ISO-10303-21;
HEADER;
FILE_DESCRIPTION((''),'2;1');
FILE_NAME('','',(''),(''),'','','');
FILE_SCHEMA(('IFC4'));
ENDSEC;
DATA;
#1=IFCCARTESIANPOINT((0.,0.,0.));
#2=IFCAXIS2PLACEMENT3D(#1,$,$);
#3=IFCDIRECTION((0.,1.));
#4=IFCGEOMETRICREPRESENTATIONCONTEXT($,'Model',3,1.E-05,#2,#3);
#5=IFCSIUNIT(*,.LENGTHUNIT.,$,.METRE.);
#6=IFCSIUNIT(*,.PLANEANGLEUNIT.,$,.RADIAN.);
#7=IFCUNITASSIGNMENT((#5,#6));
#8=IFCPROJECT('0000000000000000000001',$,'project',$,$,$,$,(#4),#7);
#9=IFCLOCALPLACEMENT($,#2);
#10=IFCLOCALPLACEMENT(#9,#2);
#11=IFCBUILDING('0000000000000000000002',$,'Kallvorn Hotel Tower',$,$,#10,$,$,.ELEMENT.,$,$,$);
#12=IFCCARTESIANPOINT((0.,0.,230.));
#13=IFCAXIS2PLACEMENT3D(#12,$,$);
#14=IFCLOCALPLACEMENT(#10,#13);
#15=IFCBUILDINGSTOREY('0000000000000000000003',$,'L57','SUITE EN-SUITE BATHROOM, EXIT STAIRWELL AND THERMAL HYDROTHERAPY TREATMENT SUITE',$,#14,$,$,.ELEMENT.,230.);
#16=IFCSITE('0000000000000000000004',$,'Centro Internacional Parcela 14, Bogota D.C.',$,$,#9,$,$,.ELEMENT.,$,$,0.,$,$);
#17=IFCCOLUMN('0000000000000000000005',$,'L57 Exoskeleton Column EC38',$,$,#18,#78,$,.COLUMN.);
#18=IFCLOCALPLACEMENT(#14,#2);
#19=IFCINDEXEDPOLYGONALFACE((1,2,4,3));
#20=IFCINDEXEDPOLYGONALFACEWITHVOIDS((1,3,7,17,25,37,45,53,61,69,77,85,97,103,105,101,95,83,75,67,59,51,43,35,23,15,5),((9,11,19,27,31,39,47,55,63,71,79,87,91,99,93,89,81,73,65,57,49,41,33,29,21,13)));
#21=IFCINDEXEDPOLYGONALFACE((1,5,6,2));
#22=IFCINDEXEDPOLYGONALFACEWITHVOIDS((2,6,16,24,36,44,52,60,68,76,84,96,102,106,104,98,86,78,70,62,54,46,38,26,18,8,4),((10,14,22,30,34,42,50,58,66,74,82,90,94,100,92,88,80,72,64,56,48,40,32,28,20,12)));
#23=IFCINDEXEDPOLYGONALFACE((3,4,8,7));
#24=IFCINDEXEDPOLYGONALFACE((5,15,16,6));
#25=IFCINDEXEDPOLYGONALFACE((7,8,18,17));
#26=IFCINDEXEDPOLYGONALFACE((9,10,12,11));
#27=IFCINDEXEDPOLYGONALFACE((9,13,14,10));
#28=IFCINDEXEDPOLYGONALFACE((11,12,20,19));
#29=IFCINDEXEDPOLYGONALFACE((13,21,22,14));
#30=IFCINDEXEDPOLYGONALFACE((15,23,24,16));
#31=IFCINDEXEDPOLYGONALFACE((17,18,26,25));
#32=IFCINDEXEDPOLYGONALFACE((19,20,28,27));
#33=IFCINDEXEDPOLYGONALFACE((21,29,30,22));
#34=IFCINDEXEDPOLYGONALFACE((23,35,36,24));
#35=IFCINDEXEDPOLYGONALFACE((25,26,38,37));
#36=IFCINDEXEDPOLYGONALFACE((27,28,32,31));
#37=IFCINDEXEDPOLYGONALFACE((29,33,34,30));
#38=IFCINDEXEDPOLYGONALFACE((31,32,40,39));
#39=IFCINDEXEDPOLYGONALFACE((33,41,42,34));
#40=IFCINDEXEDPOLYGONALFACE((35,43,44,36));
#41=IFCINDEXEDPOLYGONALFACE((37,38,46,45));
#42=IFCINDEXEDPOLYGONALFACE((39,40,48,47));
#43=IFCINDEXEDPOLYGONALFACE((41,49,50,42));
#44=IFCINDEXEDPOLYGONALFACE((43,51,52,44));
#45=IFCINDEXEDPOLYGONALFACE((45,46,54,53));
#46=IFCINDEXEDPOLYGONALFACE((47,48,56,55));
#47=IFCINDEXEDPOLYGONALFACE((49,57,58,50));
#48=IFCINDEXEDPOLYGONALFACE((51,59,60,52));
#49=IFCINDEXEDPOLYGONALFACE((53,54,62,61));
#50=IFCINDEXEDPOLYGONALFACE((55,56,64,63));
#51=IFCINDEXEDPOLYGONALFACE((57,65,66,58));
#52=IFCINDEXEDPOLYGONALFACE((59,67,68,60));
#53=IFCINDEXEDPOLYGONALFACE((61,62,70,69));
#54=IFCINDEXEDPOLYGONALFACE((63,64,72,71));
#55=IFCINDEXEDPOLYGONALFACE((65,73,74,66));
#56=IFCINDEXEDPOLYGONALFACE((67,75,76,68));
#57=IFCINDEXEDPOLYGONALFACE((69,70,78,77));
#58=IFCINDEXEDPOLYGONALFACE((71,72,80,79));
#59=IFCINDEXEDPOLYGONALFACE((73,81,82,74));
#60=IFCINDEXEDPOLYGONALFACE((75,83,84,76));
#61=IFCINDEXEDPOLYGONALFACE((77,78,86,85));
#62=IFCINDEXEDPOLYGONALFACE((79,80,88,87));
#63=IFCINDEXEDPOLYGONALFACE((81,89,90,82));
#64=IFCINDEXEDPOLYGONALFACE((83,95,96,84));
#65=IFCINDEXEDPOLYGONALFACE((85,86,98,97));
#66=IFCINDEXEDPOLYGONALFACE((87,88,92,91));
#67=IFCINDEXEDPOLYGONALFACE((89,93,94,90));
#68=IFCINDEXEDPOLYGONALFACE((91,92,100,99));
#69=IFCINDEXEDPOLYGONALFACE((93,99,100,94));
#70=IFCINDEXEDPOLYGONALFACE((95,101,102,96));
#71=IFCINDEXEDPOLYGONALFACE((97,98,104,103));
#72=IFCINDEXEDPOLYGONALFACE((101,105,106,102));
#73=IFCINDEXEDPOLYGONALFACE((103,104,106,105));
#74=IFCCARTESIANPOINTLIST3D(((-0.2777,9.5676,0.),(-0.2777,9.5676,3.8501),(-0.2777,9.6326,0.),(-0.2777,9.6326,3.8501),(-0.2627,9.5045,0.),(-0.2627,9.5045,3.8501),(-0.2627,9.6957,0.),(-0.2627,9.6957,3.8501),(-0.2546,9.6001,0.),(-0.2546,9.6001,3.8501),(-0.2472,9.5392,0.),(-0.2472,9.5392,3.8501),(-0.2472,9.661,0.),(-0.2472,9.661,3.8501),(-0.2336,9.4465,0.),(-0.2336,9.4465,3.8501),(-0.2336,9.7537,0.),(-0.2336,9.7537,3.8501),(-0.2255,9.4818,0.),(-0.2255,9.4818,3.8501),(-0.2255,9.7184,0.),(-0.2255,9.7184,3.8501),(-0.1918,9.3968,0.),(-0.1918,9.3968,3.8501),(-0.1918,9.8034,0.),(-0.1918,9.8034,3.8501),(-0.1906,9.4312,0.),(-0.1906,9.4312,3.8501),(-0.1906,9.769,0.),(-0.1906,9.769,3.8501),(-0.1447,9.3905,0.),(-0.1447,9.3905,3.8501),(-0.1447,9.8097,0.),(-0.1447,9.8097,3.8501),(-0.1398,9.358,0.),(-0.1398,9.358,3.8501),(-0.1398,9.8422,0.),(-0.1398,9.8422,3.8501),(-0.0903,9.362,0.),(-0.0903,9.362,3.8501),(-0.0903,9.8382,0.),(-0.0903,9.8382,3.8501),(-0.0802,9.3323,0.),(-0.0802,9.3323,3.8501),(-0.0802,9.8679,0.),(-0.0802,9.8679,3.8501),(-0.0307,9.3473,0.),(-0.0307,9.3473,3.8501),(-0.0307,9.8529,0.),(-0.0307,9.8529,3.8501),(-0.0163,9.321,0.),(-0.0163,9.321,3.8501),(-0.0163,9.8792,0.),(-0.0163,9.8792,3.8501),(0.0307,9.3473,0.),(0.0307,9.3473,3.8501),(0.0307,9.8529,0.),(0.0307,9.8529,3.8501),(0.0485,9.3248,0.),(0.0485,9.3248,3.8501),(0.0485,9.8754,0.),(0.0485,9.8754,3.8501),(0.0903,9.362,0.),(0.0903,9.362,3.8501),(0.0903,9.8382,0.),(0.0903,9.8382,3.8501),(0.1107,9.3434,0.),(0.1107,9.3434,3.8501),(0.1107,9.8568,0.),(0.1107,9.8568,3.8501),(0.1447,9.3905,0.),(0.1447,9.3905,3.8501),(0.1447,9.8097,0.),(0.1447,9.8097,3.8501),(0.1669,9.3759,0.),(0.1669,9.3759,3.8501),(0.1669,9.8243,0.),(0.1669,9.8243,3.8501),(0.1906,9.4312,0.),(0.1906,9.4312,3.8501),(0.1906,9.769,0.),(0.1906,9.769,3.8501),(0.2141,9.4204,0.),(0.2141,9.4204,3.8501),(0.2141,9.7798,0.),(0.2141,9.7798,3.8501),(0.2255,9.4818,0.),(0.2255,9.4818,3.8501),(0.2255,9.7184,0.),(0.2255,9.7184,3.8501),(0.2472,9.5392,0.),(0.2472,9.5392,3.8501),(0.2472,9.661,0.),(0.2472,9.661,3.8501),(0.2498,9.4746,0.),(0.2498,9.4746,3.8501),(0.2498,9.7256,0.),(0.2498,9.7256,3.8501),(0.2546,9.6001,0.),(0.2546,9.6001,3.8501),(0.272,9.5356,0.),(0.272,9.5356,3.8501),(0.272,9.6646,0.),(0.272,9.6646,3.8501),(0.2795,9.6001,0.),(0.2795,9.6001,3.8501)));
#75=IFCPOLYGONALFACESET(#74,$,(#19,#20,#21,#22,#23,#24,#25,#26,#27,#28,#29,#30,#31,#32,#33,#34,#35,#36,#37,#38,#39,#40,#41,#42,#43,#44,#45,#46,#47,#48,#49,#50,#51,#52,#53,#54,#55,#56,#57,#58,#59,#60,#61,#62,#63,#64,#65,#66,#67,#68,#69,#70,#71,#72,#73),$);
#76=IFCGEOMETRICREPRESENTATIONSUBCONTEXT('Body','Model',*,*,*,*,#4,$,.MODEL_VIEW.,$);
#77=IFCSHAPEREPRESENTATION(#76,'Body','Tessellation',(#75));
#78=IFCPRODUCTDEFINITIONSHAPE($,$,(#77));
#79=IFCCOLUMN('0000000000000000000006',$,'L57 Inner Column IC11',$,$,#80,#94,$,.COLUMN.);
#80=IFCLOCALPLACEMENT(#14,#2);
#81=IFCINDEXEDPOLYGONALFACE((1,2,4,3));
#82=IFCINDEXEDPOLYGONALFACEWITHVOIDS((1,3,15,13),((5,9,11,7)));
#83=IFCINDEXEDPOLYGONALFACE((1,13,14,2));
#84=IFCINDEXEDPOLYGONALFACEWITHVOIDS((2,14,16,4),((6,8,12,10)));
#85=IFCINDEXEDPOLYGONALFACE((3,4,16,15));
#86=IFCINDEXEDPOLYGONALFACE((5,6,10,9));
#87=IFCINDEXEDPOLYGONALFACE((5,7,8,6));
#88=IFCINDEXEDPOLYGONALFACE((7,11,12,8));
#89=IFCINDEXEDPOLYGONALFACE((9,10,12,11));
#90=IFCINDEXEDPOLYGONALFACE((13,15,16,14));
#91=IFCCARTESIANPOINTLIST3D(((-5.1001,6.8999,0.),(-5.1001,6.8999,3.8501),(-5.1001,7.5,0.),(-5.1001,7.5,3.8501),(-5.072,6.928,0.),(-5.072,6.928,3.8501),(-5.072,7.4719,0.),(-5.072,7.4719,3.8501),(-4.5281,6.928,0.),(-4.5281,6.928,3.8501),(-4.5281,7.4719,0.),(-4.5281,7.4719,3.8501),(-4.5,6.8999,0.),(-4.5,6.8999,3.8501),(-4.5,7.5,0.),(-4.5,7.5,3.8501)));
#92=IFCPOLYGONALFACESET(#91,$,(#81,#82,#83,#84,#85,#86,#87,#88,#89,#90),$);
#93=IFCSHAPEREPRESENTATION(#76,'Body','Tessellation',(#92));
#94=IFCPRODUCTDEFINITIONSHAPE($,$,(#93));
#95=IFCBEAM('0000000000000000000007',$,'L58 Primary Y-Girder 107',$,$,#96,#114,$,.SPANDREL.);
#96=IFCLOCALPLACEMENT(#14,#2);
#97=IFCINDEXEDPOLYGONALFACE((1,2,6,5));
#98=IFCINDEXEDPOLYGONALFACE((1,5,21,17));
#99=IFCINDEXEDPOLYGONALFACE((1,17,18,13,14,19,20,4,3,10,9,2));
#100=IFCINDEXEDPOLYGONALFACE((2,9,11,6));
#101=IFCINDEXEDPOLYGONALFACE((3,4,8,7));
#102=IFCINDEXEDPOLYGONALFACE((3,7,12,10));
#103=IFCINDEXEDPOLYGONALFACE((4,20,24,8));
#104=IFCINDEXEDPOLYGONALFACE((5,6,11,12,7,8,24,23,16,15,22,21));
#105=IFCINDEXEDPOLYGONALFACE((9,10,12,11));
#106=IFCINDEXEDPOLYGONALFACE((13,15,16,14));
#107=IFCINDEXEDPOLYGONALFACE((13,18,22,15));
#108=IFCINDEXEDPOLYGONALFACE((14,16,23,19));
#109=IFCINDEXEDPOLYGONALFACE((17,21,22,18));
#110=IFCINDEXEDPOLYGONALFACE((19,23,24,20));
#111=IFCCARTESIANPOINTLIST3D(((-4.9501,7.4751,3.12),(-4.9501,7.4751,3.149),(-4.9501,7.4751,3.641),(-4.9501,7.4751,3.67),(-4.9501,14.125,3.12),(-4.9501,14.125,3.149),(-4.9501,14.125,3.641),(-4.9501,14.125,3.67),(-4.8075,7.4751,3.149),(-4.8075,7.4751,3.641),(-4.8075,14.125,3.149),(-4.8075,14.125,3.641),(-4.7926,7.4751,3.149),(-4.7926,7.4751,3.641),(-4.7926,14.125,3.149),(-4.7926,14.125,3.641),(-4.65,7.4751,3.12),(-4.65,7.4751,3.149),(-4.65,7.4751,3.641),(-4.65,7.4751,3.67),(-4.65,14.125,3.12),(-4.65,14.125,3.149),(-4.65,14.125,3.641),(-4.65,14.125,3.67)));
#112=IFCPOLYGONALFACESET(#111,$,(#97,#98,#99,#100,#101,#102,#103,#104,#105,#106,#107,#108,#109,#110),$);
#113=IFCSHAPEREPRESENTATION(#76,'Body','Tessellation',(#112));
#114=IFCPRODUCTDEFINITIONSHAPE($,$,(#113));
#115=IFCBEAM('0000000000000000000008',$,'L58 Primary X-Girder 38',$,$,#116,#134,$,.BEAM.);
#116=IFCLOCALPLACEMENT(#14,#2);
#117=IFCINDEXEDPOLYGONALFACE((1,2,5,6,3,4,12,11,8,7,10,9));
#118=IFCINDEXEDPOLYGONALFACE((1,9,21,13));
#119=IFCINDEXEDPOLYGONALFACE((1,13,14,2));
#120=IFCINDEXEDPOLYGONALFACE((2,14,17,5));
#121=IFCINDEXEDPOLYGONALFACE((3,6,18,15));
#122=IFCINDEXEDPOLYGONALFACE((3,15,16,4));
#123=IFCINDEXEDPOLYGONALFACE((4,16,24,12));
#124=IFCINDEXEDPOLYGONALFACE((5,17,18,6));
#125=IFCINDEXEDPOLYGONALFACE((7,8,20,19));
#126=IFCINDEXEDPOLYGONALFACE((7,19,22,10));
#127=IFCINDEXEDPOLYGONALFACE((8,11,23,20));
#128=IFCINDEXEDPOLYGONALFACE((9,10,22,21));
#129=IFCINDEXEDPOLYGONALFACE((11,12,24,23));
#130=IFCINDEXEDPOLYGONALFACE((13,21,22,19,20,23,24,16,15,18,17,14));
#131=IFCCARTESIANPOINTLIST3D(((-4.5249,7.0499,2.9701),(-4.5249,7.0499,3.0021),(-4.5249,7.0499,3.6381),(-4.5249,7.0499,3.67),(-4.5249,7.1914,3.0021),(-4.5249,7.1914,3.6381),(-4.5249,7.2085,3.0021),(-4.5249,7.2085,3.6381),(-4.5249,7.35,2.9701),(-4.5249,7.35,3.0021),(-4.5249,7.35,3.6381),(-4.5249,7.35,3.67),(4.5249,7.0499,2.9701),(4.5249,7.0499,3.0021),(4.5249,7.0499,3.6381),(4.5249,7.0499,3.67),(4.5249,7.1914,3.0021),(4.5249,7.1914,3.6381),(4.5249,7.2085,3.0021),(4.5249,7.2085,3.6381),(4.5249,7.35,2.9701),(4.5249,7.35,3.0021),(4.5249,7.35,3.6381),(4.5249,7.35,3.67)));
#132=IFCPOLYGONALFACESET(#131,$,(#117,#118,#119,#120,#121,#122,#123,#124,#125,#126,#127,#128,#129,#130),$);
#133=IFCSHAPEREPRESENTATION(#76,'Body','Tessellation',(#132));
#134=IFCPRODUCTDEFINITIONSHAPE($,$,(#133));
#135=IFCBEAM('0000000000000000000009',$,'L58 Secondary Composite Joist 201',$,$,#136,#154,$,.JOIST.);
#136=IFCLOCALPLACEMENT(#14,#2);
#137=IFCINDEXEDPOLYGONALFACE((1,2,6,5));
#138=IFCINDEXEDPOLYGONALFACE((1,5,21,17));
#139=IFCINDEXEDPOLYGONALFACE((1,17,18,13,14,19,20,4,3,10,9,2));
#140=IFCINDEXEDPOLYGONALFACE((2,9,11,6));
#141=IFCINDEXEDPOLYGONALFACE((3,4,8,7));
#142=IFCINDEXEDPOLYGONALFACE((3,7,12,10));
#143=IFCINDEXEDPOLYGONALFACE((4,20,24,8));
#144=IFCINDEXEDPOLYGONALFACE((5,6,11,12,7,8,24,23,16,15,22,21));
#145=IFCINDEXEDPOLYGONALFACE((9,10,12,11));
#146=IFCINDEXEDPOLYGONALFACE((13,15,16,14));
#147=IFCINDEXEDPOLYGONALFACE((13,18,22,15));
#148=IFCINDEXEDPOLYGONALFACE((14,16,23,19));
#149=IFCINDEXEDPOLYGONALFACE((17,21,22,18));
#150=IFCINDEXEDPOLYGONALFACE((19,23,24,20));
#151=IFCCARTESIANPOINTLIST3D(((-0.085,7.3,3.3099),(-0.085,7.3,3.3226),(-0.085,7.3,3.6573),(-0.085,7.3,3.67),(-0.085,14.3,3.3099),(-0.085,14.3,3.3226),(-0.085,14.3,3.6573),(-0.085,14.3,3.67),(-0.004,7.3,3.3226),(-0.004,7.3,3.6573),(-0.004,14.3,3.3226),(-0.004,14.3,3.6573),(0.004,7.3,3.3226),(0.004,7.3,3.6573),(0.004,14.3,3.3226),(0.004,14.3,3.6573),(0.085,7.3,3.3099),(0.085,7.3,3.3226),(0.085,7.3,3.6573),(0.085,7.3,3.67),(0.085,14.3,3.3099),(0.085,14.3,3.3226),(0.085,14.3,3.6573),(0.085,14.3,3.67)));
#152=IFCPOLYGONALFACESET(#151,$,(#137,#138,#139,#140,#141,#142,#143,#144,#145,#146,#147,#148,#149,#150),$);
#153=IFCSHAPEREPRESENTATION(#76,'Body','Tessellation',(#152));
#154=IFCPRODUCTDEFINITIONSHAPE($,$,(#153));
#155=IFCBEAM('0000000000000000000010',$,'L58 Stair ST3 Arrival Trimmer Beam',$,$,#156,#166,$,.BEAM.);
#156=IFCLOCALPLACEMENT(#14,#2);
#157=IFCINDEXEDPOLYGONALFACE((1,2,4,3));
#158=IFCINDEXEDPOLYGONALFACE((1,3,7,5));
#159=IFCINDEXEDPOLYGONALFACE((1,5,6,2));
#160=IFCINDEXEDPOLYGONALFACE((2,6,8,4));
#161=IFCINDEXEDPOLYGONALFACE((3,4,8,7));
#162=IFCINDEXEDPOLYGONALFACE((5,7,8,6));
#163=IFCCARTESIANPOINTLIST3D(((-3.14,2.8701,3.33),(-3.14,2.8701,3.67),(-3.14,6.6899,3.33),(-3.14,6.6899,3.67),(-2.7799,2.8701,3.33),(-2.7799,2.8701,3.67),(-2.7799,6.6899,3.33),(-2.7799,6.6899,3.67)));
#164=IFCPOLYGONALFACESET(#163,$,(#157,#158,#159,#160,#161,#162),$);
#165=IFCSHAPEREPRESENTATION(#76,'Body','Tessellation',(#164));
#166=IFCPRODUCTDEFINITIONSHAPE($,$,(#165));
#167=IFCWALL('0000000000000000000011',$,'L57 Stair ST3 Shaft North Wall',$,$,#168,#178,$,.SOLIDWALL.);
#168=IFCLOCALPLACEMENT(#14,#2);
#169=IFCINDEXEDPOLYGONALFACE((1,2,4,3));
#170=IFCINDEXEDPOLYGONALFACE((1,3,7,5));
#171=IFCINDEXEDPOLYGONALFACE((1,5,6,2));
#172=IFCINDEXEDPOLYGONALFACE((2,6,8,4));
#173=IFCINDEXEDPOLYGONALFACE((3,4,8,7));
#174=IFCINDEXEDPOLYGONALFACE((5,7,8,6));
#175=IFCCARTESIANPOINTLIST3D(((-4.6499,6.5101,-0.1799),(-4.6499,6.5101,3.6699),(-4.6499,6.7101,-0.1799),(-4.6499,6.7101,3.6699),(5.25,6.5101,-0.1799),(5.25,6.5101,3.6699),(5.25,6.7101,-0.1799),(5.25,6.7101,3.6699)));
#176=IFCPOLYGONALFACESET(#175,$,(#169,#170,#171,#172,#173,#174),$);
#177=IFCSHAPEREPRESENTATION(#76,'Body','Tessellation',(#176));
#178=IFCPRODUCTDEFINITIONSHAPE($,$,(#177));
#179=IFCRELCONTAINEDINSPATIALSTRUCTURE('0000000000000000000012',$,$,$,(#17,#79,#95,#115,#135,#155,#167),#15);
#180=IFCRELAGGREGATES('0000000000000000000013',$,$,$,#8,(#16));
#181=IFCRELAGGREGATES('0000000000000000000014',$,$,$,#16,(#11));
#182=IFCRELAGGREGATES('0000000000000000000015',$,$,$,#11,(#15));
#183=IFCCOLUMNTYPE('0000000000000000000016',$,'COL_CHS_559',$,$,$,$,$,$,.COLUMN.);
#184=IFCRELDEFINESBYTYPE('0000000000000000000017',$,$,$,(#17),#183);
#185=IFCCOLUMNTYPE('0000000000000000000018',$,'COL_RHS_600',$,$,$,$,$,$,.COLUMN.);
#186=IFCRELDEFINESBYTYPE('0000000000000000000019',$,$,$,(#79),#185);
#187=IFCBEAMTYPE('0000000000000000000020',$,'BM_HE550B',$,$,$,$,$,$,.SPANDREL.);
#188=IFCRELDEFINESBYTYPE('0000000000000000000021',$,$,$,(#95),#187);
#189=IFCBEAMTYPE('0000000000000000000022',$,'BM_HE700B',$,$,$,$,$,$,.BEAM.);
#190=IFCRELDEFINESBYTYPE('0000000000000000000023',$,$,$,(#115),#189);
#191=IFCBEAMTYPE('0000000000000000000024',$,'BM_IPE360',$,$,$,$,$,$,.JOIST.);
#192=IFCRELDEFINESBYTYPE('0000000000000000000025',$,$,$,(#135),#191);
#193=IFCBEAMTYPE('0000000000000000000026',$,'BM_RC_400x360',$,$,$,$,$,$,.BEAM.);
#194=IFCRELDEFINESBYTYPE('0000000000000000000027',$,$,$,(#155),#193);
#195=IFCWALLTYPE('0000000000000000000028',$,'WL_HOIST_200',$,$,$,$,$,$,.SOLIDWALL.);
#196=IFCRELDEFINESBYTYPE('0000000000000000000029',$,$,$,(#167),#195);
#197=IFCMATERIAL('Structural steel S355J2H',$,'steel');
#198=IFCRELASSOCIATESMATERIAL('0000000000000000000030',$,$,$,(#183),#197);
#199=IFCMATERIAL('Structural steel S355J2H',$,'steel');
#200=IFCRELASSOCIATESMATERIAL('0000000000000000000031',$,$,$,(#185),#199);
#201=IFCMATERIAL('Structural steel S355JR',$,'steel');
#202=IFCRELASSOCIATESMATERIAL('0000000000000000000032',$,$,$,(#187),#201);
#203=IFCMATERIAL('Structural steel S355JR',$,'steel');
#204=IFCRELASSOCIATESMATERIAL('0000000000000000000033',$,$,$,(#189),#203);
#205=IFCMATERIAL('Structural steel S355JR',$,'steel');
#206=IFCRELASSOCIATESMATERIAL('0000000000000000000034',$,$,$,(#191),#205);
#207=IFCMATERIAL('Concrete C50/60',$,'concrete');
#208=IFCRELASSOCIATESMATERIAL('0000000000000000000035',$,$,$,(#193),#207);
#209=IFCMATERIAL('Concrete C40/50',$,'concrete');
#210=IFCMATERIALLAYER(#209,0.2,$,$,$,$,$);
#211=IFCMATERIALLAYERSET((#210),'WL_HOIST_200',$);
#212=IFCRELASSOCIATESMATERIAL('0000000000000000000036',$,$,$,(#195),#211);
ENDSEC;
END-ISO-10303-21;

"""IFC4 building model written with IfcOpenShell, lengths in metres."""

from ifc_helpers import new_model, si_unit, direction, frame, frame_2d, origin, origin_2d, place, context, subcontext, project, spatial, rectangle, hollow_rectangle, hollow_circle, i_section, extrude, material, layer, layer_set, material_profile, profile_set, type_object, element, save


model = new_model("IFC4")

# Units and contexts
model_context = context("Model", 3, precision=1e-05, world=origin(), true_north=direction((0.0, 1.0)))
body_context = subcontext(model_context, "Body", "Model", "MODEL_VIEW")
ifc_project = project(units=[si_unit("LENGTHUNIT", "METRE"), si_unit("PLANEANGLEUNIT", "RADIAN")], contexts=[model_context])

# Site, building, storey
site_placement = place(None, origin())
site = spatial("IfcSite", under=ifc_project, at=site_placement, Name="Centro Internacional Parcela 14, Bogota D.C.", CompositionType="ELEMENT", RefElevation=0.0)
building_placement = place(site_placement, origin())
building = spatial("IfcBuilding", under=site, at=building_placement, Name="Kallvorn Hotel Tower", CompositionType="ELEMENT")
storey_placement = place(building_placement, frame((0.0, 0.0, 230.0)))
storey = spatial("IfcBuildingStorey", under=building, at=storey_placement, Name="L57", Description="SUITE EN-SUITE BATHROOM, EXIT STAIRWELL AND THERMAL HYDROTHERAPY TREATMENT SUITE", CompositionType="ELEMENT", Elevation=230.0)

# Columns
ifc_material_1 = material(Name="Structural steel S355J2H", Category="steel")
ifc_material_profile_1 = material_profile(ifc_material_1, hollow_circle(Radius=0.2795, WallThickness=0.0249, at=origin_2d()), Name="CHS 559x25")
ifc_profile_set_1 = profile_set([ifc_material_profile_1], Name="Structural steel S355J2H")
column_type_1 = type_object("IfcColumnType", Name="COL_CHS_559", PredefinedType="COLUMN", material=ifc_profile_set_1)
column_1_placement = place(storey_placement, frame((0.0, 9.6001, 0.0), z_axis=(0.0, 0.0, 1.0), x_axis=(1.0, 0.0, 0.0)))
element("IfcColumn", 1, at=column_1_placement, inside=storey, type_object=column_type_1, Name="L57 Exoskeleton Column EC38", PredefinedType="COLUMN", context=body_context, shape_type="SweptSolid", body=[
    extrude(hollow_circle(Radius=0.2795, WallThickness=0.0249, at=origin_2d()), origin(), (0.0, 0.0, 1.0), 3.8501),
])
ifc_material_2 = material(Name="Structural steel S355J2H", Category="steel")
ifc_material_profile_2 = material_profile(ifc_material_2, hollow_rectangle(XDim=0.6001, YDim=0.6001, WallThickness=0.0281, at=origin_2d()), Name="RHS 600x600x28")
ifc_profile_set_2 = profile_set([ifc_material_profile_2], Name="Structural steel S355J2H")
column_type_2 = type_object("IfcColumnType", Name="COL_RHS_600", PredefinedType="COLUMN", material=ifc_profile_set_2)
column_2_placement = place(storey_placement, frame((-4.8, 7.2, 0.0), z_axis=(0.0, 0.0, 1.0), x_axis=(1.0, 0.0, 0.0)))
element("IfcColumn", 2, at=column_2_placement, inside=storey, type_object=column_type_2, Name="L57 Inner Column IC11", PredefinedType="COLUMN", context=body_context, shape_type="SweptSolid", body=[
    extrude(hollow_rectangle(XDim=0.6001, YDim=0.6001, WallThickness=0.0281, at=origin_2d()), origin(), (0.0, 0.0, 1.0), 3.8501),
])

# Beams
ifc_material_3 = material(Name="Structural steel S355JR", Category="steel")
ifc_material_profile_3 = material_profile(ifc_material_3, i_section(OverallWidth=0.3, OverallDepth=0.55, WebThickness=0.0149, FlangeThickness=0.0291, at=origin_2d()), Name="HE 550 B")
ifc_profile_set_3 = profile_set([ifc_material_profile_3], Name="Structural steel S355JR")
beam_type_1 = type_object("IfcBeamType", Name="BM_HE550B", PredefinedType="SPANDREL", material=ifc_profile_set_3)
beam_1_placement = place(storey_placement, frame((-4.8, 7.4751, 3.395), z_axis=(0.0, 1.0, 0.0), x_axis=(-1.0, 0.0, 0.0)))
element("IfcBeam", 3, at=beam_1_placement, inside=storey, type_object=beam_type_1, Name="L58 Primary Y-Girder 107", PredefinedType="SPANDREL", context=body_context, shape_type="SweptSolid", body=[
    extrude(i_section(OverallWidth=0.3, OverallDepth=0.55, WebThickness=0.0149, FlangeThickness=0.0291, at=origin_2d()), origin(), (0.0, 0.0, 1.0), 6.6499),
])
ifc_material_4 = material(Name="Structural steel S355JR", Category="steel")
ifc_material_profile_4 = material_profile(ifc_material_4, i_section(OverallWidth=0.3, OverallDepth=0.7, WebThickness=0.0171, FlangeThickness=0.032, at=origin_2d()), Name="HE 700 B")
ifc_profile_set_4 = profile_set([ifc_material_profile_4], Name="Structural steel S355JR")
beam_type_2 = type_object("IfcBeamType", Name="BM_HE700B", PredefinedType="BEAM", material=ifc_profile_set_4)
beam_2_placement = place(storey_placement, frame((-4.5249, 7.2, 3.3201), z_axis=(1.0, 0.0, 0.0), x_axis=(0.0, 1.0, 0.0)))
element("IfcBeam", 4, at=beam_2_placement, inside=storey, type_object=beam_type_2, Name="L58 Primary X-Girder 38", PredefinedType="BEAM", context=body_context, shape_type="SweptSolid", body=[
    extrude(i_section(OverallWidth=0.3, OverallDepth=0.7, WebThickness=0.0171, FlangeThickness=0.032, at=origin_2d()), origin(), (0.0, 0.0, 1.0), 9.0498),
])
ifc_material_5 = material(Name="Structural steel S355JR", Category="steel")
ifc_material_profile_5 = material_profile(ifc_material_5, i_section(OverallWidth=0.1699, OverallDepth=0.3601, WebThickness=0.0081, FlangeThickness=0.0127, at=origin_2d()), Name="IPE 360")
ifc_profile_set_5 = profile_set([ifc_material_profile_5], Name="Structural steel S355JR")
beam_type_3 = type_object("IfcBeamType", Name="BM_IPE360", PredefinedType="JOIST", material=ifc_profile_set_5)
beam_3_placement = place(storey_placement, frame((0.0, 7.3, 3.49), z_axis=(0.0, 1.0, 0.0), x_axis=(-1.0, 0.0, 0.0)))
element("IfcBeam", 5, at=beam_3_placement, inside=storey, type_object=beam_type_3, Name="L58 Secondary Composite Joist 201", PredefinedType="JOIST", context=body_context, shape_type="SweptSolid", body=[
    extrude(i_section(OverallWidth=0.1699, OverallDepth=0.3601, WebThickness=0.0081, FlangeThickness=0.0127, at=origin_2d()), origin(), (0.0, 0.0, 1.0), 7.0),
])
ifc_material_6 = material(Name="Concrete C50/60", Category="concrete")
ifc_material_profile_6 = material_profile(ifc_material_6, rectangle(XDim=0.3601, YDim=0.3401, at=origin_2d()), Name="RC 360x340")
ifc_profile_set_6 = profile_set([ifc_material_profile_6], Name="Concrete C50/60")
beam_type_4 = type_object("IfcBeamType", Name="BM_RC_400x360", PredefinedType="BEAM", material=ifc_profile_set_6)
beam_4_placement = place(storey_placement, frame((-2.96, 2.8701, 3.5), z_axis=(0.0, 1.0, 0.0), x_axis=(-1.0, 0.0, 0.0)))
element("IfcBeam", 6, at=beam_4_placement, inside=storey, type_object=beam_type_4, Name="L58 Stair ST3 Arrival Trimmer Beam", PredefinedType="BEAM", context=body_context, shape_type="SweptSolid", body=[
    extrude(rectangle(XDim=0.3601, YDim=0.3401, at=origin_2d()), origin(), (0.0, 0.0, 1.0), 3.8198),
])

# Wall
ifc_material_7 = material(Name="Concrete C40/50", Category="concrete")
ifc_layer_1 = layer(ifc_material_7, 0.2)
ifc_layer_set_1 = layer_set([ifc_layer_1], Name="WL_HOIST_200")
wall_type_1 = type_object("IfcWallType", Name="WL_HOIST_200", PredefinedType="SOLIDWALL", material=ifc_layer_set_1)
wall_1_placement = place(storey_placement, frame((-4.6499, 6.6101, -0.1799), z_axis=(0.0, 0.0, 1.0), x_axis=(1.0, 0.0, 0.0)))
element("IfcWall", 7, at=wall_1_placement, inside=storey, type_object=wall_type_1, Name="L57 Stair ST3 Shaft North Wall", PredefinedType="SOLIDWALL", context=body_context, shape_type="SweptSolid", body=[
    extrude(rectangle(XDim=9.8999, YDim=0.2, at=frame_2d((4.95, 0.0))), origin(), (0.0, 0.0, 1.0), 3.8499),
])

save(model, "model.ifc")
